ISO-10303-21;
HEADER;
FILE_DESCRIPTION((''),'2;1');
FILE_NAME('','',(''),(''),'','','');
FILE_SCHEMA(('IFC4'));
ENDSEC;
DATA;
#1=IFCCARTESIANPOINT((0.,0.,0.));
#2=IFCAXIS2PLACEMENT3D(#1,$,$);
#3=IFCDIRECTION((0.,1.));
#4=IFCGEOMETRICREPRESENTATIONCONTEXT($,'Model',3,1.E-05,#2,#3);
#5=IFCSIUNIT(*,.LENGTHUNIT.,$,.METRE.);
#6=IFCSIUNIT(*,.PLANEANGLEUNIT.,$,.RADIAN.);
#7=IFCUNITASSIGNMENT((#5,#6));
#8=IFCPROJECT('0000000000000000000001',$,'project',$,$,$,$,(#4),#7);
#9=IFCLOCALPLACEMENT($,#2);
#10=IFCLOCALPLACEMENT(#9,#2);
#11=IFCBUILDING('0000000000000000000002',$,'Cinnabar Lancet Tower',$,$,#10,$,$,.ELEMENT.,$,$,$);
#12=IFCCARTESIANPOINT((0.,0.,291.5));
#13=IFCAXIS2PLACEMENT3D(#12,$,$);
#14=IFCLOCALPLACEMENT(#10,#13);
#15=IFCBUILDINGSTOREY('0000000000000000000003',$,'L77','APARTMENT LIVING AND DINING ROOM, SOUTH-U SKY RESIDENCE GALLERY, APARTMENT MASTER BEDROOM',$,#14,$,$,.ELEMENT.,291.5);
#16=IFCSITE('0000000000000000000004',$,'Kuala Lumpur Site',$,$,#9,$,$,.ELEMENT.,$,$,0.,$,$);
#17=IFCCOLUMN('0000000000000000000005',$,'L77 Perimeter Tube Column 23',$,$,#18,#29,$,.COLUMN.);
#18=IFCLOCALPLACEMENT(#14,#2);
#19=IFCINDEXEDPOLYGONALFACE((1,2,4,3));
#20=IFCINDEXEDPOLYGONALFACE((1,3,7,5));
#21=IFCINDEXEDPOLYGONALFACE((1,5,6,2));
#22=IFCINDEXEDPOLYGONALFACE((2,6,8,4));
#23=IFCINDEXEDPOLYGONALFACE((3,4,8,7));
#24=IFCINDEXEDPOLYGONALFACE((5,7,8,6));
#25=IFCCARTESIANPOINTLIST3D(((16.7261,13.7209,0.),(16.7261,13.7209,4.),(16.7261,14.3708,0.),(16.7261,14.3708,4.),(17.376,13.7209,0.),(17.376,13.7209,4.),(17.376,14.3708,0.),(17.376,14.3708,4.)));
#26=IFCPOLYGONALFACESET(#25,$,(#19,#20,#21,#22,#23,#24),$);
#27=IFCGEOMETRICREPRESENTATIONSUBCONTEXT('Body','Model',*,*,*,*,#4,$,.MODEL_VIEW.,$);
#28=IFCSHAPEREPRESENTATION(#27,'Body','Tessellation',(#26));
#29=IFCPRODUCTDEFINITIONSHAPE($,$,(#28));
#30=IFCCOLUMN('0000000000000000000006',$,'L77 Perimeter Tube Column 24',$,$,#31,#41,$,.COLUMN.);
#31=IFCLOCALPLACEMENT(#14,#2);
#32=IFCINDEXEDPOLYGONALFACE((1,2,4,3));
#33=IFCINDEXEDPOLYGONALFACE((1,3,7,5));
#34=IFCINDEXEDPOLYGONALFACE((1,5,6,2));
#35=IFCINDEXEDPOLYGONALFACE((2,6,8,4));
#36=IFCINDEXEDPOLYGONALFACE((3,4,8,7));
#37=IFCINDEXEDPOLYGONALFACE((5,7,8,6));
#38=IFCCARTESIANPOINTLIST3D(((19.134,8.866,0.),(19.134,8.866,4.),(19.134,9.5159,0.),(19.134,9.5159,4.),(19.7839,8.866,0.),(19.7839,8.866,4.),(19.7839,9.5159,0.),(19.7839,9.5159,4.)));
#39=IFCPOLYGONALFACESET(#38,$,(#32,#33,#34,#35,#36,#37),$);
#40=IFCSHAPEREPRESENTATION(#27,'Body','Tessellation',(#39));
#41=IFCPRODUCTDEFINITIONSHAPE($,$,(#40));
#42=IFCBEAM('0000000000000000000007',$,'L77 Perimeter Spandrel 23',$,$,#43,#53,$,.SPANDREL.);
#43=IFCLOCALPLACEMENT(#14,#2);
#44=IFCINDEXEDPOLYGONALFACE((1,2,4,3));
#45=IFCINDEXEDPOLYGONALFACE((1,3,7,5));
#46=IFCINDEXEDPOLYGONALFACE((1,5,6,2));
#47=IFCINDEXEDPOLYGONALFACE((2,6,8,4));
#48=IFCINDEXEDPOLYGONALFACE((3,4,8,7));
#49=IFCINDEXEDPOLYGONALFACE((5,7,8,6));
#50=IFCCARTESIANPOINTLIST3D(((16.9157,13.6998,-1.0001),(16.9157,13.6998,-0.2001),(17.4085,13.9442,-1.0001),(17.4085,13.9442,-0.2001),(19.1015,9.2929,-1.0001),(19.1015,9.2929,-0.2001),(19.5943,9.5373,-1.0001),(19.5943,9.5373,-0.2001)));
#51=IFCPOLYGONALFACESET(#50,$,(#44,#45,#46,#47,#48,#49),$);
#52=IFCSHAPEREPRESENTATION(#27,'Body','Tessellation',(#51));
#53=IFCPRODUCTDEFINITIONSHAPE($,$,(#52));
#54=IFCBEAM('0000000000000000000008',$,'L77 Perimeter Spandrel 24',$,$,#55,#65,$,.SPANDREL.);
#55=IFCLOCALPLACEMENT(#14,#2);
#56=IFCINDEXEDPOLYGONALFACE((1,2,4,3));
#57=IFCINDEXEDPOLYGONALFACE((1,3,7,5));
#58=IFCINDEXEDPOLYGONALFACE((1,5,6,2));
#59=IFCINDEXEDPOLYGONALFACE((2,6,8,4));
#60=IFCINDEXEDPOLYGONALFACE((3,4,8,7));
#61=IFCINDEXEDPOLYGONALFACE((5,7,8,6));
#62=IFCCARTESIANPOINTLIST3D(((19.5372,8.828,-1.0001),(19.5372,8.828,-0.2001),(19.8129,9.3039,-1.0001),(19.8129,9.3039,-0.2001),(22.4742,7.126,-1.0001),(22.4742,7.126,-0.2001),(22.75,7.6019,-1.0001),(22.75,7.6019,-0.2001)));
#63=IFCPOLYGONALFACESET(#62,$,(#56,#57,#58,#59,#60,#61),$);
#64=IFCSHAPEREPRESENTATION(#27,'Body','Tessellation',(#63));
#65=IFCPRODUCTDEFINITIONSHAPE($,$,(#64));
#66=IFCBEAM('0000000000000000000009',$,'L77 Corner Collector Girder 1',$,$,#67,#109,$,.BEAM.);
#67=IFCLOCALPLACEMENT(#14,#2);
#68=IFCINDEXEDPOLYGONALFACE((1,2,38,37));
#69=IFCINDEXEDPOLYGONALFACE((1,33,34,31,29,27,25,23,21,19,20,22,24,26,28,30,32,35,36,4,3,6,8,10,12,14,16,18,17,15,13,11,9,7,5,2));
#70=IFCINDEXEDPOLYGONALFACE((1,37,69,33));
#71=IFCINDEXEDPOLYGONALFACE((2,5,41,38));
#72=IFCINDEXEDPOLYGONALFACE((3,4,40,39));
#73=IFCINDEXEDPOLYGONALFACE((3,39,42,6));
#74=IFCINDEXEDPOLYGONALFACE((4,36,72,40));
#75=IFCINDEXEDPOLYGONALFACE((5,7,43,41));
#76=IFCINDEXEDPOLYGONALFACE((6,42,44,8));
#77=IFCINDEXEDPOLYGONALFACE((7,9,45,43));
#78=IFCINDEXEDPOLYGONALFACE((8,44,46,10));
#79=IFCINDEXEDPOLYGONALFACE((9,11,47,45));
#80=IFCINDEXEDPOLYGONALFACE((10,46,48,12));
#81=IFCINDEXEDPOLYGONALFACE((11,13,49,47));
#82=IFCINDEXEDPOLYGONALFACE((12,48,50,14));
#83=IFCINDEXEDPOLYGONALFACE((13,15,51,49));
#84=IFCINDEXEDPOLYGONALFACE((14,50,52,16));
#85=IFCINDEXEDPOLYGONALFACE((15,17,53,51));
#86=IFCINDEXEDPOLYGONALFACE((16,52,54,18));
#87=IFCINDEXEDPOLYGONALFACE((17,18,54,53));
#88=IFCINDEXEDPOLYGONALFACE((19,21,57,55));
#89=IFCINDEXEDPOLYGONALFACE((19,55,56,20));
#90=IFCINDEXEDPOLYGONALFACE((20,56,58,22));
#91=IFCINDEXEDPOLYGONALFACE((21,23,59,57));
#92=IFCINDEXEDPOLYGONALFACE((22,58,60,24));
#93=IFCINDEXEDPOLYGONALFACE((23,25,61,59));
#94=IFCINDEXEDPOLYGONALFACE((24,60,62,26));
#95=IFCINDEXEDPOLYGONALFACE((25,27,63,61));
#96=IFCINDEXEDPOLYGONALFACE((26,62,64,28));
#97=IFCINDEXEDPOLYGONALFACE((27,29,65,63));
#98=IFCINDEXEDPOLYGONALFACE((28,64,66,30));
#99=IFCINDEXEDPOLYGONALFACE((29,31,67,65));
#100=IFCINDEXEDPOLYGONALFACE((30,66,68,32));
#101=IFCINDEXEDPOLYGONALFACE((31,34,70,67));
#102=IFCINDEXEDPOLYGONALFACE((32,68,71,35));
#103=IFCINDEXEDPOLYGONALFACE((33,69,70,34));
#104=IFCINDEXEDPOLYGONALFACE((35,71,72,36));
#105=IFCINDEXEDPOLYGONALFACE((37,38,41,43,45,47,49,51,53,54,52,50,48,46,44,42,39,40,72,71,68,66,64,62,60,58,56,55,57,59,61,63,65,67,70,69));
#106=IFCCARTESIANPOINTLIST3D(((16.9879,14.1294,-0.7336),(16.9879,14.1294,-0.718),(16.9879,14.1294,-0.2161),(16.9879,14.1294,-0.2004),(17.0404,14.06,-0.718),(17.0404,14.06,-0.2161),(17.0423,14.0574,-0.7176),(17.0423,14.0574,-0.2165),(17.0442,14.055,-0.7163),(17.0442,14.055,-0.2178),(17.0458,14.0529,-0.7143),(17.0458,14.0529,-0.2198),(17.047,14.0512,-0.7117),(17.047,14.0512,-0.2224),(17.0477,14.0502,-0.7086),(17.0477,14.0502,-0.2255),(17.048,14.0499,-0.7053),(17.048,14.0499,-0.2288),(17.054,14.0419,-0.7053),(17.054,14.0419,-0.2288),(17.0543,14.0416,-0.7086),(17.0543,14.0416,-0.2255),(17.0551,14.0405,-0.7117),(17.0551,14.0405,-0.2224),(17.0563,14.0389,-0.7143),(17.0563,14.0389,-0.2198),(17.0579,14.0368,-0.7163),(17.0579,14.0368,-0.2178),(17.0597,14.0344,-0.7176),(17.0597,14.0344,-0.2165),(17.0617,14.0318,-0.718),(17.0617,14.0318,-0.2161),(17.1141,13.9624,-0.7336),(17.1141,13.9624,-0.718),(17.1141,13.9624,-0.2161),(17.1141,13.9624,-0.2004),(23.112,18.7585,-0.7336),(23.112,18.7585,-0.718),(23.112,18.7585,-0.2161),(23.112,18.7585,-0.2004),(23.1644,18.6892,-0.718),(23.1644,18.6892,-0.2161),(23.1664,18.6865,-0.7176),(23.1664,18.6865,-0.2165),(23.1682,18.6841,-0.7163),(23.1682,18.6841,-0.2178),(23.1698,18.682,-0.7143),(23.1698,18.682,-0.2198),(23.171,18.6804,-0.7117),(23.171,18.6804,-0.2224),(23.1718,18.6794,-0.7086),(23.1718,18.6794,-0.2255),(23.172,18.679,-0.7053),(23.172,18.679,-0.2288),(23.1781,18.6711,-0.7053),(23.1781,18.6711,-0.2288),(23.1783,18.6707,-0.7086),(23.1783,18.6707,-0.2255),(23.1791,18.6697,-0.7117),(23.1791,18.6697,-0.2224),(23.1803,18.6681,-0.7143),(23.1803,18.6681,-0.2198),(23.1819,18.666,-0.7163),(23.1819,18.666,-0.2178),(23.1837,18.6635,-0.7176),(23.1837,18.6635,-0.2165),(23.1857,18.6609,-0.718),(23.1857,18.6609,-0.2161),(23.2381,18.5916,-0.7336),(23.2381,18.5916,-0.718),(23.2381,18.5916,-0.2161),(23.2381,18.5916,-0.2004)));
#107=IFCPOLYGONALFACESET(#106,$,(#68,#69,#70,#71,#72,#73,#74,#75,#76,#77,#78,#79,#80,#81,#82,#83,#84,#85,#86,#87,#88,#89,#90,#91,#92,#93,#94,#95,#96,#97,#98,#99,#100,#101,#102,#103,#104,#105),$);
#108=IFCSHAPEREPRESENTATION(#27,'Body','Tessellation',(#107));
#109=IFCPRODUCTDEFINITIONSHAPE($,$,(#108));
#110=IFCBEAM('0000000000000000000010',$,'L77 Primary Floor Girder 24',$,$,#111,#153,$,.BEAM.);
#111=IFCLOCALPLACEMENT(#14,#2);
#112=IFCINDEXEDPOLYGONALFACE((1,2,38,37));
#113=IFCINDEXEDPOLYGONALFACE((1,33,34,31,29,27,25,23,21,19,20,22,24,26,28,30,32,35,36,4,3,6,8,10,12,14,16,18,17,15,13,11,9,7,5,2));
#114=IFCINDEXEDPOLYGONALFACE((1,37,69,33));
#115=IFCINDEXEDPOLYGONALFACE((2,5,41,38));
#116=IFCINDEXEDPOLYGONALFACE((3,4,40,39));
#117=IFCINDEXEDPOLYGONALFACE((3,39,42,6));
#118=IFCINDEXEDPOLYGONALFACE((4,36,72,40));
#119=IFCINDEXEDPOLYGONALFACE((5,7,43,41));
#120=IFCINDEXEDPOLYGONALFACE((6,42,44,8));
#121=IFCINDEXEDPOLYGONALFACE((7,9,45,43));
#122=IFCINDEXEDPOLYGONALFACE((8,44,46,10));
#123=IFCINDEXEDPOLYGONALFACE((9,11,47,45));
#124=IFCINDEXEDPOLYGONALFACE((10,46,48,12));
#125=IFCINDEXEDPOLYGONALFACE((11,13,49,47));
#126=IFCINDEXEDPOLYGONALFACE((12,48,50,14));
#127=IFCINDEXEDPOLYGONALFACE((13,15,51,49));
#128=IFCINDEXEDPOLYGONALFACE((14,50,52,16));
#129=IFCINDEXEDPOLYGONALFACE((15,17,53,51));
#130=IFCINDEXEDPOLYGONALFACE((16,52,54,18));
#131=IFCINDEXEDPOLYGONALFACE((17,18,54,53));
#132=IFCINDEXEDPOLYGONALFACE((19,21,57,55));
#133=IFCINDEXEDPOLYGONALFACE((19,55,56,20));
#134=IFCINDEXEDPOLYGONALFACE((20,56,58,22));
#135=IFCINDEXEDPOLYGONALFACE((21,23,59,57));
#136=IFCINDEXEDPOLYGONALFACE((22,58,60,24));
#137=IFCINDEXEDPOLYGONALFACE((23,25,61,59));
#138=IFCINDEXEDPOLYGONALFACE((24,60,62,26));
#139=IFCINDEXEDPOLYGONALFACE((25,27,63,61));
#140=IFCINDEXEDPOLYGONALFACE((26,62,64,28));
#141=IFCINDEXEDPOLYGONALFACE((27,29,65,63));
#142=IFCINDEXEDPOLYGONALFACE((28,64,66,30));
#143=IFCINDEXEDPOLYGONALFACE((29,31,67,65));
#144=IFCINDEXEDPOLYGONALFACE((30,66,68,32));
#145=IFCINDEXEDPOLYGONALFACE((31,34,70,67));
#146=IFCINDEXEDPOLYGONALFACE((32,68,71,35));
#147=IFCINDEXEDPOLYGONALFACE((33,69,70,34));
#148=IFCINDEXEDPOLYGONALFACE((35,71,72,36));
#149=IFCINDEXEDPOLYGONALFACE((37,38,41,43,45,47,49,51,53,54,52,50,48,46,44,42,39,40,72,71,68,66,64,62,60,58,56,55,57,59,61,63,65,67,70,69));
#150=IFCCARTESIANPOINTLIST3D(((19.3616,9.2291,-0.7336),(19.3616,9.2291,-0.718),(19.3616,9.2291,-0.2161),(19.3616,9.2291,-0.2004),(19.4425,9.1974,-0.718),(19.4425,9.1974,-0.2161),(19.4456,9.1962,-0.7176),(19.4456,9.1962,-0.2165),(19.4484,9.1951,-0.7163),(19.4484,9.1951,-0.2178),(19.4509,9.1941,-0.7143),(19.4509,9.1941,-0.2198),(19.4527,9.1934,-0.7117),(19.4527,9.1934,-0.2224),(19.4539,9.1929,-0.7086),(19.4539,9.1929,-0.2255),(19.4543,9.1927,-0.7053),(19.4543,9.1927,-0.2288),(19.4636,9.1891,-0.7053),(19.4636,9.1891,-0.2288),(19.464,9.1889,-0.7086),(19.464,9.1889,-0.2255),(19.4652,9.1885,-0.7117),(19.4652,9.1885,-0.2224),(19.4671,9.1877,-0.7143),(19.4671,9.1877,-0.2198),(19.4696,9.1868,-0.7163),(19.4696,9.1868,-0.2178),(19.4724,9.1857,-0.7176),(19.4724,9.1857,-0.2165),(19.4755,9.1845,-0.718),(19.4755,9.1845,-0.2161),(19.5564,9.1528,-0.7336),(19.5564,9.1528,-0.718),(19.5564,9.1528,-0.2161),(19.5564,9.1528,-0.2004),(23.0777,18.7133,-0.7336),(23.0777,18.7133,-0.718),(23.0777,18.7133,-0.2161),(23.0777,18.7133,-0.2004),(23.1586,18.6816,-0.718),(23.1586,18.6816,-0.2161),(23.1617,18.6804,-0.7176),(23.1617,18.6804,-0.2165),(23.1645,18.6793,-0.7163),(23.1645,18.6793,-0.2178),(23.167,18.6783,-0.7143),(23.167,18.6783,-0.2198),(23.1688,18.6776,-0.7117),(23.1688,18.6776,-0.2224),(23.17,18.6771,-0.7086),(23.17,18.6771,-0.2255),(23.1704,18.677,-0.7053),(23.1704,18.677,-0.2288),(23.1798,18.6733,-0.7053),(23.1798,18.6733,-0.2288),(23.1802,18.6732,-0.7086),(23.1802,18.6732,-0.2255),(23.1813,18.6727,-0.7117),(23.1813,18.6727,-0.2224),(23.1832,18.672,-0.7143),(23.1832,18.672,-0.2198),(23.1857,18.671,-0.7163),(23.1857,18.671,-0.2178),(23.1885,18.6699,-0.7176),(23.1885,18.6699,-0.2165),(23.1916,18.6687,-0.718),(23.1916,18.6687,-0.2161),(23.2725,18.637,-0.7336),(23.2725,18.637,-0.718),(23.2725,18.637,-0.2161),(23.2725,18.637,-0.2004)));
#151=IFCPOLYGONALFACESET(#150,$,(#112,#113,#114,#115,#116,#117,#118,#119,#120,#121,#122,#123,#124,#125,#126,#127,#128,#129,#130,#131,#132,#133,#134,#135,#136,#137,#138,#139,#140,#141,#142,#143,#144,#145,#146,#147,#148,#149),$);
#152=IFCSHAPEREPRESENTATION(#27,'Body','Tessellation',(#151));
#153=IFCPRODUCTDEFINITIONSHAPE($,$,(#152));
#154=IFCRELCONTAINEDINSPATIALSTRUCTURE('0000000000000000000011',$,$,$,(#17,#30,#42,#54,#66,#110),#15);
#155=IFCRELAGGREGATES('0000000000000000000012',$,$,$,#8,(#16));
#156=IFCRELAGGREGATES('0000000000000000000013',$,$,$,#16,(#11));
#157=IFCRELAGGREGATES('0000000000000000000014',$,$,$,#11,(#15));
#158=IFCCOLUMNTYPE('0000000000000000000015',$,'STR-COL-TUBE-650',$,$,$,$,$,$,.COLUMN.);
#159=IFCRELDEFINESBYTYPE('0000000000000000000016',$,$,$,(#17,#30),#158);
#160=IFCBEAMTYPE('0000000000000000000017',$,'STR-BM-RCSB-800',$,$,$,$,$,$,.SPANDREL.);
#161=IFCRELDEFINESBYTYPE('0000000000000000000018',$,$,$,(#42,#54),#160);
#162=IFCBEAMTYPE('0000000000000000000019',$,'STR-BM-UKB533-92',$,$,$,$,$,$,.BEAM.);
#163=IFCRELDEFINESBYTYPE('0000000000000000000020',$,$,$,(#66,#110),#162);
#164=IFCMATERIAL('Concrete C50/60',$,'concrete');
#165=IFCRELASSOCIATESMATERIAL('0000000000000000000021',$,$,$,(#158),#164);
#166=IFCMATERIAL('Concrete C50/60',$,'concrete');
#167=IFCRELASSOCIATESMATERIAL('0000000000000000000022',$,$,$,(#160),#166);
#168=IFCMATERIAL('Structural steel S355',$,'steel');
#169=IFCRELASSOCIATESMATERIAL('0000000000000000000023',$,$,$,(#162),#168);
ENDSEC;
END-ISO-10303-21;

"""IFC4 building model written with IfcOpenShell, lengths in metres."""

from ifc_helpers import new_model, si_unit, direction, frame, origin, origin_2d, place, context, subcontext, project, spatial, rectangle, i_section, extrude, material, material_profile, profile_set, type_object, element, save


model = new_model("IFC4")

# Units and contexts
model_context = context("Model", 3, precision=1e-05, world=origin(), true_north=direction((0.0, 1.0)))
body_context = subcontext(model_context, "Body", "Model", "MODEL_VIEW")
ifc_project = project(units=[si_unit("LENGTHUNIT", "METRE"), si_unit("PLANEANGLEUNIT", "RADIAN")], contexts=[model_context])

# Site, building, storey
site_placement = place(None, origin())
site = spatial("IfcSite", under=ifc_project, at=site_placement, Name="Kuala Lumpur Site", CompositionType="ELEMENT", RefElevation=0.0)
building_placement = place(site_placement, origin())
building = spatial("IfcBuilding", under=site, at=building_placement, Name="Cinnabar Lancet Tower", CompositionType="ELEMENT")
storey_placement = place(building_placement, frame((0.0, 0.0, 291.5)))
storey = spatial("IfcBuildingStorey", under=building, at=storey_placement, Name="L77", Description="APARTMENT LIVING AND DINING ROOM, SOUTH-U SKY RESIDENCE GALLERY, APARTMENT MASTER BEDROOM", CompositionType="ELEMENT", Elevation=291.5)

# Columns
ifc_material_1 = material(Name="Concrete C50/60", Category="concrete")
ifc_material_profile_1 = material_profile(ifc_material_1, rectangle(XDim=0.6499, YDim=0.6499, at=origin_2d()), Name="RC-COL 650x650")
ifc_profile_set_1 = profile_set([ifc_material_profile_1], Name="Concrete C50/60")
column_type = type_object("IfcColumnType", Name="STR-COL-TUBE-650", PredefinedType="COLUMN", material=ifc_profile_set_1)
for number, where, z_axis, x_axis, name in (
    (1, (17.051, 14.0459, 0.0), (0.0, 0.0, 1.0), (1.0, 0.0, 0.0), "L77 Perimeter Tube Column 23"),
    (2, (19.459, 9.1909, 0.0), (0.0, 0.0, 1.0), (1.0, 0.0, 0.0), "L77 Perimeter Tube Column 24"),
):
    element("IfcColumn", number, at=place(storey_placement, frame(where, z_axis=z_axis, x_axis=x_axis)), inside=storey, type_object=column_type, Name=name, PredefinedType="COLUMN", context=body_context, shape_type="SweptSolid", body=[
        extrude(rectangle(XDim=0.6499, YDim=0.6499, at=origin_2d()), origin(), (0.0, 0.0, 1.0), 4.0),
    ])

# Beams
ifc_material_2 = material(Name="Concrete C50/60", Category="concrete")
ifc_material_profile_2 = material_profile(ifc_material_2, rectangle(XDim=0.55, YDim=0.8, at=origin_2d()), Name="RC-SB 550x800")
ifc_profile_set_2 = profile_set([ifc_material_profile_2], Name="Concrete C50/60")
beam_type_1 = type_object("IfcBeamType", Name="STR-BM-RCSB-800", PredefinedType="SPANDREL", material=ifc_profile_set_2)
beam_1_placement = place(storey_placement, frame((17.1621, 13.822, -0.6001), z_axis=(0.444333, -0.895862, 0.0), x_axis=(0.895862, 0.444333, 0.0)))
element("IfcBeam", 3, at=beam_1_placement, inside=storey, type_object=beam_type_1, Name="L77 Perimeter Spandrel 23", PredefinedType="SPANDREL", context=body_context, shape_type="SweptSolid", body=[
    extrude(rectangle(XDim=0.55, YDim=0.8, at=origin_2d()), origin(), (0.0, 0.0, 1.0), 4.9192),
])
beam_2_placement = place(storey_placement, frame((19.675, 9.0659, -0.6001), z_axis=(0.865231, -0.501374, 0.0), x_axis=(0.501374, 0.865231, 0.0)))
element("IfcBeam", 4, at=beam_2_placement, inside=storey, type_object=beam_type_1, Name="L77 Perimeter Spandrel 24", PredefinedType="SPANDREL", context=body_context, shape_type="SweptSolid", body=[
    extrude(rectangle(XDim=0.55, YDim=0.8, at=origin_2d()), origin(), (0.0, 0.0, 1.0), 3.3945),
])
ifc_material_3 = material(Name="Structural steel S355", Category="steel")
ifc_material_profile_3 = material_profile(ifc_material_3, i_section(OverallWidth=0.2092, OverallDepth=0.5332, WebThickness=0.01, FlangeThickness=0.0156, FilletRadius=0.0127, at=origin_2d()), Name="UKB 533x210x92")
ifc_profile_set_3 = profile_set([ifc_material_profile_3], Name="Structural steel S355")
beam_type_2 = type_object("IfcBeamType", Name="STR-BM-UKB533-92", PredefinedType="BEAM", material=ifc_profile_set_3)
beam_3_placement = place(storey_placement, frame((17.051, 14.0459, -0.467), z_axis=(0.797735, 0.603008, 0.0), x_axis=(-0.603008, 0.797735, 0.0)))
element("IfcBeam", 5, at=beam_3_placement, inside=storey, type_object=beam_type_2, Name="L77 Corner Collector Girder 1", PredefinedType="BEAM", context=body_context, shape_type="SweptSolid", body=[
    extrude(i_section(OverallWidth=0.2092, OverallDepth=0.5332, WebThickness=0.01, FlangeThickness=0.0156, FilletRadius=0.0127, at=origin_2d()), origin(), (0.0, 0.0, 1.0), 7.6768),
])
beam_4_placement = place(storey_placement, frame((19.459, 9.1909, -0.467), z_axis=(0.364815, 0.93108, 0.0), x_axis=(-0.93108, 0.364815, 0.0)))
element("IfcBeam", 6, at=beam_4_placement, inside=storey, type_object=beam_type_2, Name="L77 Primary Floor Girder 24", PredefinedType="BEAM", context=body_context, shape_type="SweptSolid", body=[
    extrude(i_section(OverallWidth=0.2092, OverallDepth=0.5332, WebThickness=0.01, FlangeThickness=0.0156, FilletRadius=0.0127, at=origin_2d()), origin(), (0.0, 0.0, 1.0), 10.1863),
])

save(model, "model.ifc")
